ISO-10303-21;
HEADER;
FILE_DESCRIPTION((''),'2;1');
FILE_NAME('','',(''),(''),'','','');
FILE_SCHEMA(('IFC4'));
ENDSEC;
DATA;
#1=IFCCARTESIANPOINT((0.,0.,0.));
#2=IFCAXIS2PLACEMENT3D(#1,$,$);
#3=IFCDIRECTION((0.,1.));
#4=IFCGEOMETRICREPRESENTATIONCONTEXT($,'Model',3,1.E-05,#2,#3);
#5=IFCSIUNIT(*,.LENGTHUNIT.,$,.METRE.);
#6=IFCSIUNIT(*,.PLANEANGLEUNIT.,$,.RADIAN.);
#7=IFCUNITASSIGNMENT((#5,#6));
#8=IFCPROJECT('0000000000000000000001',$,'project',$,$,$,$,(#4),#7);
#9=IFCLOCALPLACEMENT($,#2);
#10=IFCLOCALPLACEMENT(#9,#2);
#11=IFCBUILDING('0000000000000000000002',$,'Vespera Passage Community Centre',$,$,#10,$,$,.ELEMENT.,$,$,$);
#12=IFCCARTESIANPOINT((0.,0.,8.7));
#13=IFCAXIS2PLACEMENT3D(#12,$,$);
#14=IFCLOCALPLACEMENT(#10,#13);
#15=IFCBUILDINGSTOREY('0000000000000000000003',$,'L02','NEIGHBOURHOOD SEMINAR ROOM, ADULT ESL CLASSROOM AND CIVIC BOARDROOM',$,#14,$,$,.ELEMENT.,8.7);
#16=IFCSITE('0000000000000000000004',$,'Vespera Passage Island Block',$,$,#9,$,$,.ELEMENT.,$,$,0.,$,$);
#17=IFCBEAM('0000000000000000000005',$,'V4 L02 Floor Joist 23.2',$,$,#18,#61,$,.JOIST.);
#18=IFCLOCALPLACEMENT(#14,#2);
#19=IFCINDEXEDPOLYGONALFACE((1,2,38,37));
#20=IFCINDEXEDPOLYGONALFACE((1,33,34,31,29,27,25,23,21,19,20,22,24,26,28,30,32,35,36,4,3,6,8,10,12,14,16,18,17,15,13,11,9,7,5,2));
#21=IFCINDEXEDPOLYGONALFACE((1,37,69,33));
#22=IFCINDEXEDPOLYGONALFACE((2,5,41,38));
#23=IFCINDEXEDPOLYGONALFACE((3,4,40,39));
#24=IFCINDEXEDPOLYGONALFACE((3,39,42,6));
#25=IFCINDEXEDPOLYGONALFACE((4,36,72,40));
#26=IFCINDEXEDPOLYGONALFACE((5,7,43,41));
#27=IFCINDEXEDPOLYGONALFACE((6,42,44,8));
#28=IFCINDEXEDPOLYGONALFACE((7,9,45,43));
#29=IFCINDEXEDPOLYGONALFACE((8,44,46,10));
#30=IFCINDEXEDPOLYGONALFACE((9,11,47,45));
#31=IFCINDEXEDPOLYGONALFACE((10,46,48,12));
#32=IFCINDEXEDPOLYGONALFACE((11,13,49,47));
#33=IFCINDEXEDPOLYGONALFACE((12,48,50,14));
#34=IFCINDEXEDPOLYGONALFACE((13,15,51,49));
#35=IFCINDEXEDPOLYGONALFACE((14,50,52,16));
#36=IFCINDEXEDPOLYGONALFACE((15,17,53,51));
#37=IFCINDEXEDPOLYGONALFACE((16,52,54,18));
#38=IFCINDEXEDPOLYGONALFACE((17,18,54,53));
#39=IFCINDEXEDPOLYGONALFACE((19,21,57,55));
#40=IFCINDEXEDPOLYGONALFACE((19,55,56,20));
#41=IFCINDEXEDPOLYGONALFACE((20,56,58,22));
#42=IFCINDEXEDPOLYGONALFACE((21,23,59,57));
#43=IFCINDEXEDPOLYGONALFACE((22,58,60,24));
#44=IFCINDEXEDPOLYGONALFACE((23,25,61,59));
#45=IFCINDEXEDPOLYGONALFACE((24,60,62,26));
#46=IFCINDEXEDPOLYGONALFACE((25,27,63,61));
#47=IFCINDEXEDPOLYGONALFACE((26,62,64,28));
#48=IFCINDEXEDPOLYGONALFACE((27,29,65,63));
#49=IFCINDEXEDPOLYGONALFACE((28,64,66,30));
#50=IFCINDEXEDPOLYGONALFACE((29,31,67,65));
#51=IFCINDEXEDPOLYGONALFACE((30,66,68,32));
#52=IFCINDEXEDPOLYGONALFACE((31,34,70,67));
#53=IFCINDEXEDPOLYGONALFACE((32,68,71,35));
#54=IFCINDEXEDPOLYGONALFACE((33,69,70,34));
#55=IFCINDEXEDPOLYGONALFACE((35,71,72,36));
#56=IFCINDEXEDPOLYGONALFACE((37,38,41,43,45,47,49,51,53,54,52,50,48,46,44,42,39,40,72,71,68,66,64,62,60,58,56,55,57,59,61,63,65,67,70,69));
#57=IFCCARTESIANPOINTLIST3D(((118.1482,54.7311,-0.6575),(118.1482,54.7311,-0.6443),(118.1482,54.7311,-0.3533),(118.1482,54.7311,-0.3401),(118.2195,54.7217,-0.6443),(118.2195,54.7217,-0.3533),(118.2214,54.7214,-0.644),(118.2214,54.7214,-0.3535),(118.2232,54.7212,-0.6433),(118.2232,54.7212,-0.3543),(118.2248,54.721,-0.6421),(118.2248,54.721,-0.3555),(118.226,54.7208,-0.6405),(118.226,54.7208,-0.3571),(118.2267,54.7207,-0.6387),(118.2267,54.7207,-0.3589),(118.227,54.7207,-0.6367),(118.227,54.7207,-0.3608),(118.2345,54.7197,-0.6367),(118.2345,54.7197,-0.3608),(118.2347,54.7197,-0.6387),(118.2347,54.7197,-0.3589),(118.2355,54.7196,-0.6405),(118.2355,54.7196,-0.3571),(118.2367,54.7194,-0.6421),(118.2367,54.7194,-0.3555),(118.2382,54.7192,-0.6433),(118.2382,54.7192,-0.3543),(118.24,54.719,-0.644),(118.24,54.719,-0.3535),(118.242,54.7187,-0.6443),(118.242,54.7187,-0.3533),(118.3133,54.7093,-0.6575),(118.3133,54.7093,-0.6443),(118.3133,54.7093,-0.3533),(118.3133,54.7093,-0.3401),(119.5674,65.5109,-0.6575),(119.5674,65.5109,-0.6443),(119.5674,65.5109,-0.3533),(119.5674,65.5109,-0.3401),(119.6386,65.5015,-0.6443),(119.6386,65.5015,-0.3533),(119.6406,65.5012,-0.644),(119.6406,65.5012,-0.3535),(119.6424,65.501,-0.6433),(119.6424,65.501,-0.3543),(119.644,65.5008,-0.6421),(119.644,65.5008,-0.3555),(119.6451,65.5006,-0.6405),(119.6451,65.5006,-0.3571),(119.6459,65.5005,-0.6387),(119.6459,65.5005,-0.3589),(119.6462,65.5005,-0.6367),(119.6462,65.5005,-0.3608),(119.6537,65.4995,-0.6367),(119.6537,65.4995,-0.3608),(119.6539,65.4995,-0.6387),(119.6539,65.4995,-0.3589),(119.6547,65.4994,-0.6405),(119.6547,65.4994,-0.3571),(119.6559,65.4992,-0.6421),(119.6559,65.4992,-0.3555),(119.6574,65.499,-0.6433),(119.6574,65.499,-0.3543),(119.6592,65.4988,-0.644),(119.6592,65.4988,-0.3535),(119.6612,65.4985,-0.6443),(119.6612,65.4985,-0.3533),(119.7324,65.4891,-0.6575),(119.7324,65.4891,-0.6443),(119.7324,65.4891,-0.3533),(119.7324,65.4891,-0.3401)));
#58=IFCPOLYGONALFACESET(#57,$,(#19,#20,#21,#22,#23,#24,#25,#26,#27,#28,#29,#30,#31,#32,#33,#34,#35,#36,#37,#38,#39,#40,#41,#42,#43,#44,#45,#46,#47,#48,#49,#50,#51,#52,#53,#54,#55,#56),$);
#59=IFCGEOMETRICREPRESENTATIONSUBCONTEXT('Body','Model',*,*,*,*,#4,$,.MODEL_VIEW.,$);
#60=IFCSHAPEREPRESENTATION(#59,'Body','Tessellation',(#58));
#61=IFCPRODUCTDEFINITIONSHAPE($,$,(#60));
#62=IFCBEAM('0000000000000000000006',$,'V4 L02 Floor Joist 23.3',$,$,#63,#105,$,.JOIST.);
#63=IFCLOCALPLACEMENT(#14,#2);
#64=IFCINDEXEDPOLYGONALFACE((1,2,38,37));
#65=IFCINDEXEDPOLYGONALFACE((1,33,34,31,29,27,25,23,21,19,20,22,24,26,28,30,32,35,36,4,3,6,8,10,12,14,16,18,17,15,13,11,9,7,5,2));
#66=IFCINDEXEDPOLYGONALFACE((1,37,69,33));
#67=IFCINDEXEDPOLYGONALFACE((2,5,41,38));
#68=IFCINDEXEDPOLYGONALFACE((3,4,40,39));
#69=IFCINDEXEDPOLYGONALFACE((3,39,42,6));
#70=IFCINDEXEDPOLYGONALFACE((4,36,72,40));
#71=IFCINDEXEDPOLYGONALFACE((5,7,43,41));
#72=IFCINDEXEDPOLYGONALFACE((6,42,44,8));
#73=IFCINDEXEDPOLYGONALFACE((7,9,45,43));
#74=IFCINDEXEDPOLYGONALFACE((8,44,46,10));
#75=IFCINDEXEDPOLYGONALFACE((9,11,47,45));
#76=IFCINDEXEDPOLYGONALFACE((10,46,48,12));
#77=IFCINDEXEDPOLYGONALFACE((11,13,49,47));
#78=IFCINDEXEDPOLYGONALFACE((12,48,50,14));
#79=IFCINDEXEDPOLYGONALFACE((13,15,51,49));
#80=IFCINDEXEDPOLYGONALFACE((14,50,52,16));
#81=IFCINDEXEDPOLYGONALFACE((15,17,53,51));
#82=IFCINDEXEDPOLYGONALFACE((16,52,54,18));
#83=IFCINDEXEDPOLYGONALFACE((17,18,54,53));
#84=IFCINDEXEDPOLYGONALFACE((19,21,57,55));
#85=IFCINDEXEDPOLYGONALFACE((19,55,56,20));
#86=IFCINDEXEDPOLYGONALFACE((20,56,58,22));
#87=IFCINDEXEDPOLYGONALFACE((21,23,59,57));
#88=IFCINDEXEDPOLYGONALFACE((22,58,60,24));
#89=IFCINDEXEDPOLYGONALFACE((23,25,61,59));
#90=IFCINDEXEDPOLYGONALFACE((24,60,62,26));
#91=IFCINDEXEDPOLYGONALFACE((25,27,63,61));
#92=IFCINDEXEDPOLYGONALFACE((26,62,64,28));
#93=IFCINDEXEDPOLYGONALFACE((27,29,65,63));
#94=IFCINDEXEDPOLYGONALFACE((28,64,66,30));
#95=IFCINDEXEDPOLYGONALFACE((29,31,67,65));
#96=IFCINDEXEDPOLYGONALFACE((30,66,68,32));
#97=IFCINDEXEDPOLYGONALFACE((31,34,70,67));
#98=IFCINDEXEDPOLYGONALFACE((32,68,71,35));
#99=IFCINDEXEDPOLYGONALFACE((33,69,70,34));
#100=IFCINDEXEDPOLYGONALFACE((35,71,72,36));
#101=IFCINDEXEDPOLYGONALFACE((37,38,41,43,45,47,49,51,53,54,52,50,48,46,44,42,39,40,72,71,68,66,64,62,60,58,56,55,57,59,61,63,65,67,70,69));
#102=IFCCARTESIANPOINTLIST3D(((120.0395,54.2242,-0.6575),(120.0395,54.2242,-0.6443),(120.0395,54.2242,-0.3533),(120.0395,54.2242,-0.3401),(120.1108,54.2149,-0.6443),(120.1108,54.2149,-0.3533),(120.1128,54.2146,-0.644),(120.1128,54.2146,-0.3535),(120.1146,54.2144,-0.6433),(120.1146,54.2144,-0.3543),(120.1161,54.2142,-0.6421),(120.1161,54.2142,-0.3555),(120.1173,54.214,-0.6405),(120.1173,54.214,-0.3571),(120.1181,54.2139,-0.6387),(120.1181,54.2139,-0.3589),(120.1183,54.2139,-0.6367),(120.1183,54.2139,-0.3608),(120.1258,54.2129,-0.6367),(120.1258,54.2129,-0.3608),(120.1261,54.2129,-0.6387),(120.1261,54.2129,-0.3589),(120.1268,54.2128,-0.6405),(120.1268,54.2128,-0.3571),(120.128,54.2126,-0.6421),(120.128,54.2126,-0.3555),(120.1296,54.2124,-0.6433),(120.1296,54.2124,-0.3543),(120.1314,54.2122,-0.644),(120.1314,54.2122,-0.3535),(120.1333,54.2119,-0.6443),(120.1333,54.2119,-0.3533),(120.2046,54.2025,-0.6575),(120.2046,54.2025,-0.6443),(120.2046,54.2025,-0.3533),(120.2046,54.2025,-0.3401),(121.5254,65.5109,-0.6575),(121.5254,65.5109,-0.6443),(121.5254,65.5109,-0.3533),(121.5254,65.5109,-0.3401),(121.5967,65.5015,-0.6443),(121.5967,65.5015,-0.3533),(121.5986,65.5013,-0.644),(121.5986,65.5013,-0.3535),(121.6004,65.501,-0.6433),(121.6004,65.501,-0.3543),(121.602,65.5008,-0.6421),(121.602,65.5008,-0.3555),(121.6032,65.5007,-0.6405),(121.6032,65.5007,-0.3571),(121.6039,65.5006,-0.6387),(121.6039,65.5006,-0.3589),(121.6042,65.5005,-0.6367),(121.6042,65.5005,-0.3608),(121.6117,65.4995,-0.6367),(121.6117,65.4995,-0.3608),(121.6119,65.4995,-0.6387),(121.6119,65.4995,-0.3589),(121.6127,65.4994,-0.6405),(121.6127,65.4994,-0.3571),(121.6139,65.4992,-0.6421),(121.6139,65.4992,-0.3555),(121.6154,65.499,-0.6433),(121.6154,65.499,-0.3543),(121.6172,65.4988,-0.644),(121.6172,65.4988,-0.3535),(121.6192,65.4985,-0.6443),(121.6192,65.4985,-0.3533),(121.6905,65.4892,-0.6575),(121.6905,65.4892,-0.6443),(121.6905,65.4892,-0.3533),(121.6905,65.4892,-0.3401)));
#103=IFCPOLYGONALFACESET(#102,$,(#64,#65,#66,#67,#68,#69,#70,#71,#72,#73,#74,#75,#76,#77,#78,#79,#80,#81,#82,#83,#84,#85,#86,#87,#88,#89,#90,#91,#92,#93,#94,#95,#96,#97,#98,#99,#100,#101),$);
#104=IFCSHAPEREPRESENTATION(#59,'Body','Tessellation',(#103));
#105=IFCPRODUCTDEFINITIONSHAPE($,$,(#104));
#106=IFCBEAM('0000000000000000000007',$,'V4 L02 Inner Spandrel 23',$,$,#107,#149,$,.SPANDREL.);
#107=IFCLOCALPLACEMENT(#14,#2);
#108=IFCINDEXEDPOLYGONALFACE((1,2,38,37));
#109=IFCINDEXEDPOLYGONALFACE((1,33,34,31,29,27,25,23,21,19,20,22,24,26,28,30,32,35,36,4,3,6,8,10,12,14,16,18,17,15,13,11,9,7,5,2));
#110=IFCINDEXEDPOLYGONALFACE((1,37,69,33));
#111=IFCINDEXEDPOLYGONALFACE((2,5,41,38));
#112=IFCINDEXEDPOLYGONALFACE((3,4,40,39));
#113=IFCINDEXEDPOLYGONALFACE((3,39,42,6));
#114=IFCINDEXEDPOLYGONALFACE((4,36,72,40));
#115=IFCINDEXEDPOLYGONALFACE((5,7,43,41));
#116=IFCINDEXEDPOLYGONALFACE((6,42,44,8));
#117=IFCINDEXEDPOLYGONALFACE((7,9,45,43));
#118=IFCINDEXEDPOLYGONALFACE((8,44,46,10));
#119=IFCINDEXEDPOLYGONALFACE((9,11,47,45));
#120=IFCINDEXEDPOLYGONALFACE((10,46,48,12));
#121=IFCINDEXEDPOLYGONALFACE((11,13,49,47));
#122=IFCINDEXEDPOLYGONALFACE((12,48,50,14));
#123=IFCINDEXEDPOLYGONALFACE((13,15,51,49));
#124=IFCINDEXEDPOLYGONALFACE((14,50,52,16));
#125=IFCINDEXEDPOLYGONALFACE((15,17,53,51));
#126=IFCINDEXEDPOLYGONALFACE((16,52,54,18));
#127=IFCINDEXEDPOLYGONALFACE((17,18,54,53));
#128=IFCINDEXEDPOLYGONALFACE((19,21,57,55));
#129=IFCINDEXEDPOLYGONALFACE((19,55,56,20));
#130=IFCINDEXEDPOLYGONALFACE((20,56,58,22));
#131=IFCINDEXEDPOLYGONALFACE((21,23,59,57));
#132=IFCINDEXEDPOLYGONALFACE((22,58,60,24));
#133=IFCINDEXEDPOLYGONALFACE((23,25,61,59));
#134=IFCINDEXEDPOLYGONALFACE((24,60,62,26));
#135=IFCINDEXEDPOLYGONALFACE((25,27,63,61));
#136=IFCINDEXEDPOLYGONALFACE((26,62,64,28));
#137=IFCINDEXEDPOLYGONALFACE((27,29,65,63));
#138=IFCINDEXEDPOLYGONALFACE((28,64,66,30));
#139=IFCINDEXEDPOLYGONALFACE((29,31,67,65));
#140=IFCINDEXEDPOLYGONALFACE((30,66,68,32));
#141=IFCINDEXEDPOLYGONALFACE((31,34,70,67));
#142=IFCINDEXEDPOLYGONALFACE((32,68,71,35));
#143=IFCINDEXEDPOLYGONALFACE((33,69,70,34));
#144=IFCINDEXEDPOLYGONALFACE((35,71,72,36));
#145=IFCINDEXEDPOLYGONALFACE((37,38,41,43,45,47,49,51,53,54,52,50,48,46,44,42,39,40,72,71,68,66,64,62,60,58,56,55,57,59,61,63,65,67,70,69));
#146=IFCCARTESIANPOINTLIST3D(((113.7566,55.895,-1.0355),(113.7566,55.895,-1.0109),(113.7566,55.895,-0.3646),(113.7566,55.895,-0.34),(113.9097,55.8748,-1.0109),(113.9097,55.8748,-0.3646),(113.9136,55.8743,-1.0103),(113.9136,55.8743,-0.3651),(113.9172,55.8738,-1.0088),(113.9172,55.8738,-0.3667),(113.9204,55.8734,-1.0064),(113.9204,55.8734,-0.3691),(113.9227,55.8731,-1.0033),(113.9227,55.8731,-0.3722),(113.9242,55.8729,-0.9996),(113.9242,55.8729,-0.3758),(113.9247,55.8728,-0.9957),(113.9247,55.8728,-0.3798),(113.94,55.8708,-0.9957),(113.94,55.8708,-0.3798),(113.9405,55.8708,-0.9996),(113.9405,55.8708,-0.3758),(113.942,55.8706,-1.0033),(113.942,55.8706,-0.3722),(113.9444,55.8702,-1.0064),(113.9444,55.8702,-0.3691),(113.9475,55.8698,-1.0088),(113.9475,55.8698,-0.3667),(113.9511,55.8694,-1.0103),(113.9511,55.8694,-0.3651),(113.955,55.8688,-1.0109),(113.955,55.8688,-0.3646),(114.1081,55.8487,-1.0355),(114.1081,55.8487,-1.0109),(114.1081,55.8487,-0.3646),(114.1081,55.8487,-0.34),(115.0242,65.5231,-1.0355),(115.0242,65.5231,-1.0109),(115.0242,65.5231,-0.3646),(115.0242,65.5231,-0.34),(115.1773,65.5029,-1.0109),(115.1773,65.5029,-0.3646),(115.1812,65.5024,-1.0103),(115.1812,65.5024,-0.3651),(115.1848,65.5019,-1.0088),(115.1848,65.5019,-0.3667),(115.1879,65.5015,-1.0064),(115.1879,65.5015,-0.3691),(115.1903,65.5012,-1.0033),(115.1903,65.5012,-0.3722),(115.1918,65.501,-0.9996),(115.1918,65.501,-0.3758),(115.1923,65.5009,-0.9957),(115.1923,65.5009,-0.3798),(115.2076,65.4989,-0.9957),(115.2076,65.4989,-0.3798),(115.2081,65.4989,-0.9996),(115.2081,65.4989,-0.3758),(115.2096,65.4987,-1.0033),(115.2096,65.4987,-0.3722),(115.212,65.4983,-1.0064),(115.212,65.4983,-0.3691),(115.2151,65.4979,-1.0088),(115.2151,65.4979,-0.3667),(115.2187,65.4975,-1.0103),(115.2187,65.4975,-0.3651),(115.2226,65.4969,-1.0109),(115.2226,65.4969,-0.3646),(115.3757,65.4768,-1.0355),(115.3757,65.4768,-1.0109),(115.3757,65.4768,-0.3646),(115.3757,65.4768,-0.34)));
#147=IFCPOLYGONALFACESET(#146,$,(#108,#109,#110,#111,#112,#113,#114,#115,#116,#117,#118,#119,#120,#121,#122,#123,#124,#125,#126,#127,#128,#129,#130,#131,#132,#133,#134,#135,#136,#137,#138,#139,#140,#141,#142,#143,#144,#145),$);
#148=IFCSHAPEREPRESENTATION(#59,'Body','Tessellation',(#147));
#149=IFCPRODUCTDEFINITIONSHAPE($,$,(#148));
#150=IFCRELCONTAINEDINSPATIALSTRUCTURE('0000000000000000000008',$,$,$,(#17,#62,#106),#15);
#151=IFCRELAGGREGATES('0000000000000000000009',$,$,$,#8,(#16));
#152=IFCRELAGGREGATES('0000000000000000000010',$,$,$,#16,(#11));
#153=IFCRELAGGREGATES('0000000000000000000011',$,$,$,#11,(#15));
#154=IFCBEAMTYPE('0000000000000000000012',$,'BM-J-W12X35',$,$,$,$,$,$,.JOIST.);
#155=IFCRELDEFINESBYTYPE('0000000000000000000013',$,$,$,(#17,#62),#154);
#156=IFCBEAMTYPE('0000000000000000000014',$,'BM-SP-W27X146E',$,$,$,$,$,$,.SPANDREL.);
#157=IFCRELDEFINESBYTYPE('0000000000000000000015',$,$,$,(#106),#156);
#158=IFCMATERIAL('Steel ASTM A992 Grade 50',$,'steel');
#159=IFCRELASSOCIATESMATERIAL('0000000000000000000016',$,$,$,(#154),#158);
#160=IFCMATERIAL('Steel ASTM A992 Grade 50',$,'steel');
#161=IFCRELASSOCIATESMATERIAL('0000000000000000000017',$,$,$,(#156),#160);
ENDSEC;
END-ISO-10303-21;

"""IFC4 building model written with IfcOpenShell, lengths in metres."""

from ifc_helpers import new_model, si_unit, direction, frame, origin, origin_2d, place, context, subcontext, project, spatial, i_section, extrude, material, material_profile, profile_set, type_object, element, save


model = new_model("IFC4")

# Units and contexts
model_context = context("Model", 3, precision=1e-05, world=origin(), true_north=direction((0.0, 1.0)))
body_context = subcontext(model_context, "Body", "Model", "MODEL_VIEW")
ifc_project = project(units=[si_unit("LENGTHUNIT", "METRE"), si_unit("PLANEANGLEUNIT", "RADIAN")], contexts=[model_context])

# Site, building, storey
site_placement = place(None, origin())
site = spatial("IfcSite", under=ifc_project, at=site_placement, Name="Vespera Passage Island Block", CompositionType="ELEMENT", RefElevation=0.0)
building_placement = place(site_placement, origin())
building = spatial("IfcBuilding", under=site, at=building_placement, Name="Vespera Passage Community Centre", CompositionType="ELEMENT")
storey_placement = place(building_placement, frame((0.0, 0.0, 8.7)))
storey = spatial("IfcBuildingStorey", under=building, at=storey_placement, Name="L02", Description="NEIGHBOURHOOD SEMINAR ROOM, ADULT ESL CLASSROOM AND CIVIC BOARDROOM", CompositionType="ELEMENT", Elevation=8.7)

# Beams
ifc_material_1 = material(Name="Steel ASTM A992 Grade 50", Category="steel")
ifc_material_profile_1 = material_profile(ifc_material_1, i_section(OverallWidth=0.1665, OverallDepth=0.3174, WebThickness=0.0076, FlangeThickness=0.0132, FilletRadius=0.0076, at=origin_2d()), Name="W12X35")
ifc_profile_set_1 = profile_set([ifc_material_profile_1], Name="Steel ASTM A992 Grade 50")
beam_type_1 = type_object("IfcBeamType", Name="BM-J-W12X35", PredefinedType="JOIST", material=ifc_profile_set_1)
beam_1_placement = place(storey_placement, frame((118.2307, 54.7202, -0.4988), z_axis=(0.130527, 0.991445, 0.0), x_axis=(-0.991445, 0.130527, 0.0)))
element("IfcBeam", 1, at=beam_1_placement, inside=storey, type_object=beam_type_1, Name="V4 L02 Floor Joist 23.2", PredefinedType="JOIST", context=body_context, shape_type="SweptSolid", body=[
    extrude(i_section(OverallWidth=0.1665, OverallDepth=0.3174, WebThickness=0.0076, FlangeThickness=0.0132, FilletRadius=0.0076, at=origin_2d()), origin(), (0.0, 0.0, 1.0), 10.8728),
])
beam_2_placement = place(storey_placement, frame((120.1221, 54.2134, -0.4988), z_axis=(0.13052, 0.991446, 0.0), x_axis=(-0.991446, 0.13052, 0.0)))
element("IfcBeam", 2, at=beam_2_placement, inside=storey, type_object=beam_type_1, Name="V4 L02 Floor Joist 23.3", PredefinedType="JOIST", context=body_context, shape_type="SweptSolid", body=[
    extrude(i_section(OverallWidth=0.1665, OverallDepth=0.3174, WebThickness=0.0076, FlangeThickness=0.0132, FilletRadius=0.0076, at=origin_2d()), origin(), (0.0, 0.0, 1.0), 11.384),
])
ifc_material_2 = material(Name="Steel ASTM A992 Grade 50", Category="steel")
ifc_material_profile_2 = material_profile(ifc_material_2, i_section(OverallWidth=0.3545, OverallDepth=0.6956, WebThickness=0.0154, FlangeThickness=0.0247, FilletRadius=0.0151, at=origin_2d()), Name="W27X146")
ifc_profile_set_2 = profile_set([ifc_material_profile_2], Name="Steel ASTM A992 Grade 50")
beam_type_2 = type_object("IfcBeamType", Name="BM-SP-W27X146E", PredefinedType="SPANDREL", material=ifc_profile_set_2)
beam_3_placement = place(storey_placement, frame((113.9324, 55.8718, -0.6877), z_axis=(0.130527, 0.991445, 0.0), x_axis=(-0.991445, 0.130527, 0.0)))
element("IfcBeam", 3, at=beam_3_placement, inside=storey, type_object=beam_type_2, Name="V4 L02 Inner Spandrel 23", PredefinedType="SPANDREL", context=body_context, shape_type="SweptSolid", body=[
    extrude(i_section(OverallWidth=0.3545, OverallDepth=0.6956, WebThickness=0.0154, FlangeThickness=0.0247, FilletRadius=0.0151, at=origin_2d()), origin(), (0.0, 0.0, 1.0), 9.7112),
])

save(model, "model.ifc")
